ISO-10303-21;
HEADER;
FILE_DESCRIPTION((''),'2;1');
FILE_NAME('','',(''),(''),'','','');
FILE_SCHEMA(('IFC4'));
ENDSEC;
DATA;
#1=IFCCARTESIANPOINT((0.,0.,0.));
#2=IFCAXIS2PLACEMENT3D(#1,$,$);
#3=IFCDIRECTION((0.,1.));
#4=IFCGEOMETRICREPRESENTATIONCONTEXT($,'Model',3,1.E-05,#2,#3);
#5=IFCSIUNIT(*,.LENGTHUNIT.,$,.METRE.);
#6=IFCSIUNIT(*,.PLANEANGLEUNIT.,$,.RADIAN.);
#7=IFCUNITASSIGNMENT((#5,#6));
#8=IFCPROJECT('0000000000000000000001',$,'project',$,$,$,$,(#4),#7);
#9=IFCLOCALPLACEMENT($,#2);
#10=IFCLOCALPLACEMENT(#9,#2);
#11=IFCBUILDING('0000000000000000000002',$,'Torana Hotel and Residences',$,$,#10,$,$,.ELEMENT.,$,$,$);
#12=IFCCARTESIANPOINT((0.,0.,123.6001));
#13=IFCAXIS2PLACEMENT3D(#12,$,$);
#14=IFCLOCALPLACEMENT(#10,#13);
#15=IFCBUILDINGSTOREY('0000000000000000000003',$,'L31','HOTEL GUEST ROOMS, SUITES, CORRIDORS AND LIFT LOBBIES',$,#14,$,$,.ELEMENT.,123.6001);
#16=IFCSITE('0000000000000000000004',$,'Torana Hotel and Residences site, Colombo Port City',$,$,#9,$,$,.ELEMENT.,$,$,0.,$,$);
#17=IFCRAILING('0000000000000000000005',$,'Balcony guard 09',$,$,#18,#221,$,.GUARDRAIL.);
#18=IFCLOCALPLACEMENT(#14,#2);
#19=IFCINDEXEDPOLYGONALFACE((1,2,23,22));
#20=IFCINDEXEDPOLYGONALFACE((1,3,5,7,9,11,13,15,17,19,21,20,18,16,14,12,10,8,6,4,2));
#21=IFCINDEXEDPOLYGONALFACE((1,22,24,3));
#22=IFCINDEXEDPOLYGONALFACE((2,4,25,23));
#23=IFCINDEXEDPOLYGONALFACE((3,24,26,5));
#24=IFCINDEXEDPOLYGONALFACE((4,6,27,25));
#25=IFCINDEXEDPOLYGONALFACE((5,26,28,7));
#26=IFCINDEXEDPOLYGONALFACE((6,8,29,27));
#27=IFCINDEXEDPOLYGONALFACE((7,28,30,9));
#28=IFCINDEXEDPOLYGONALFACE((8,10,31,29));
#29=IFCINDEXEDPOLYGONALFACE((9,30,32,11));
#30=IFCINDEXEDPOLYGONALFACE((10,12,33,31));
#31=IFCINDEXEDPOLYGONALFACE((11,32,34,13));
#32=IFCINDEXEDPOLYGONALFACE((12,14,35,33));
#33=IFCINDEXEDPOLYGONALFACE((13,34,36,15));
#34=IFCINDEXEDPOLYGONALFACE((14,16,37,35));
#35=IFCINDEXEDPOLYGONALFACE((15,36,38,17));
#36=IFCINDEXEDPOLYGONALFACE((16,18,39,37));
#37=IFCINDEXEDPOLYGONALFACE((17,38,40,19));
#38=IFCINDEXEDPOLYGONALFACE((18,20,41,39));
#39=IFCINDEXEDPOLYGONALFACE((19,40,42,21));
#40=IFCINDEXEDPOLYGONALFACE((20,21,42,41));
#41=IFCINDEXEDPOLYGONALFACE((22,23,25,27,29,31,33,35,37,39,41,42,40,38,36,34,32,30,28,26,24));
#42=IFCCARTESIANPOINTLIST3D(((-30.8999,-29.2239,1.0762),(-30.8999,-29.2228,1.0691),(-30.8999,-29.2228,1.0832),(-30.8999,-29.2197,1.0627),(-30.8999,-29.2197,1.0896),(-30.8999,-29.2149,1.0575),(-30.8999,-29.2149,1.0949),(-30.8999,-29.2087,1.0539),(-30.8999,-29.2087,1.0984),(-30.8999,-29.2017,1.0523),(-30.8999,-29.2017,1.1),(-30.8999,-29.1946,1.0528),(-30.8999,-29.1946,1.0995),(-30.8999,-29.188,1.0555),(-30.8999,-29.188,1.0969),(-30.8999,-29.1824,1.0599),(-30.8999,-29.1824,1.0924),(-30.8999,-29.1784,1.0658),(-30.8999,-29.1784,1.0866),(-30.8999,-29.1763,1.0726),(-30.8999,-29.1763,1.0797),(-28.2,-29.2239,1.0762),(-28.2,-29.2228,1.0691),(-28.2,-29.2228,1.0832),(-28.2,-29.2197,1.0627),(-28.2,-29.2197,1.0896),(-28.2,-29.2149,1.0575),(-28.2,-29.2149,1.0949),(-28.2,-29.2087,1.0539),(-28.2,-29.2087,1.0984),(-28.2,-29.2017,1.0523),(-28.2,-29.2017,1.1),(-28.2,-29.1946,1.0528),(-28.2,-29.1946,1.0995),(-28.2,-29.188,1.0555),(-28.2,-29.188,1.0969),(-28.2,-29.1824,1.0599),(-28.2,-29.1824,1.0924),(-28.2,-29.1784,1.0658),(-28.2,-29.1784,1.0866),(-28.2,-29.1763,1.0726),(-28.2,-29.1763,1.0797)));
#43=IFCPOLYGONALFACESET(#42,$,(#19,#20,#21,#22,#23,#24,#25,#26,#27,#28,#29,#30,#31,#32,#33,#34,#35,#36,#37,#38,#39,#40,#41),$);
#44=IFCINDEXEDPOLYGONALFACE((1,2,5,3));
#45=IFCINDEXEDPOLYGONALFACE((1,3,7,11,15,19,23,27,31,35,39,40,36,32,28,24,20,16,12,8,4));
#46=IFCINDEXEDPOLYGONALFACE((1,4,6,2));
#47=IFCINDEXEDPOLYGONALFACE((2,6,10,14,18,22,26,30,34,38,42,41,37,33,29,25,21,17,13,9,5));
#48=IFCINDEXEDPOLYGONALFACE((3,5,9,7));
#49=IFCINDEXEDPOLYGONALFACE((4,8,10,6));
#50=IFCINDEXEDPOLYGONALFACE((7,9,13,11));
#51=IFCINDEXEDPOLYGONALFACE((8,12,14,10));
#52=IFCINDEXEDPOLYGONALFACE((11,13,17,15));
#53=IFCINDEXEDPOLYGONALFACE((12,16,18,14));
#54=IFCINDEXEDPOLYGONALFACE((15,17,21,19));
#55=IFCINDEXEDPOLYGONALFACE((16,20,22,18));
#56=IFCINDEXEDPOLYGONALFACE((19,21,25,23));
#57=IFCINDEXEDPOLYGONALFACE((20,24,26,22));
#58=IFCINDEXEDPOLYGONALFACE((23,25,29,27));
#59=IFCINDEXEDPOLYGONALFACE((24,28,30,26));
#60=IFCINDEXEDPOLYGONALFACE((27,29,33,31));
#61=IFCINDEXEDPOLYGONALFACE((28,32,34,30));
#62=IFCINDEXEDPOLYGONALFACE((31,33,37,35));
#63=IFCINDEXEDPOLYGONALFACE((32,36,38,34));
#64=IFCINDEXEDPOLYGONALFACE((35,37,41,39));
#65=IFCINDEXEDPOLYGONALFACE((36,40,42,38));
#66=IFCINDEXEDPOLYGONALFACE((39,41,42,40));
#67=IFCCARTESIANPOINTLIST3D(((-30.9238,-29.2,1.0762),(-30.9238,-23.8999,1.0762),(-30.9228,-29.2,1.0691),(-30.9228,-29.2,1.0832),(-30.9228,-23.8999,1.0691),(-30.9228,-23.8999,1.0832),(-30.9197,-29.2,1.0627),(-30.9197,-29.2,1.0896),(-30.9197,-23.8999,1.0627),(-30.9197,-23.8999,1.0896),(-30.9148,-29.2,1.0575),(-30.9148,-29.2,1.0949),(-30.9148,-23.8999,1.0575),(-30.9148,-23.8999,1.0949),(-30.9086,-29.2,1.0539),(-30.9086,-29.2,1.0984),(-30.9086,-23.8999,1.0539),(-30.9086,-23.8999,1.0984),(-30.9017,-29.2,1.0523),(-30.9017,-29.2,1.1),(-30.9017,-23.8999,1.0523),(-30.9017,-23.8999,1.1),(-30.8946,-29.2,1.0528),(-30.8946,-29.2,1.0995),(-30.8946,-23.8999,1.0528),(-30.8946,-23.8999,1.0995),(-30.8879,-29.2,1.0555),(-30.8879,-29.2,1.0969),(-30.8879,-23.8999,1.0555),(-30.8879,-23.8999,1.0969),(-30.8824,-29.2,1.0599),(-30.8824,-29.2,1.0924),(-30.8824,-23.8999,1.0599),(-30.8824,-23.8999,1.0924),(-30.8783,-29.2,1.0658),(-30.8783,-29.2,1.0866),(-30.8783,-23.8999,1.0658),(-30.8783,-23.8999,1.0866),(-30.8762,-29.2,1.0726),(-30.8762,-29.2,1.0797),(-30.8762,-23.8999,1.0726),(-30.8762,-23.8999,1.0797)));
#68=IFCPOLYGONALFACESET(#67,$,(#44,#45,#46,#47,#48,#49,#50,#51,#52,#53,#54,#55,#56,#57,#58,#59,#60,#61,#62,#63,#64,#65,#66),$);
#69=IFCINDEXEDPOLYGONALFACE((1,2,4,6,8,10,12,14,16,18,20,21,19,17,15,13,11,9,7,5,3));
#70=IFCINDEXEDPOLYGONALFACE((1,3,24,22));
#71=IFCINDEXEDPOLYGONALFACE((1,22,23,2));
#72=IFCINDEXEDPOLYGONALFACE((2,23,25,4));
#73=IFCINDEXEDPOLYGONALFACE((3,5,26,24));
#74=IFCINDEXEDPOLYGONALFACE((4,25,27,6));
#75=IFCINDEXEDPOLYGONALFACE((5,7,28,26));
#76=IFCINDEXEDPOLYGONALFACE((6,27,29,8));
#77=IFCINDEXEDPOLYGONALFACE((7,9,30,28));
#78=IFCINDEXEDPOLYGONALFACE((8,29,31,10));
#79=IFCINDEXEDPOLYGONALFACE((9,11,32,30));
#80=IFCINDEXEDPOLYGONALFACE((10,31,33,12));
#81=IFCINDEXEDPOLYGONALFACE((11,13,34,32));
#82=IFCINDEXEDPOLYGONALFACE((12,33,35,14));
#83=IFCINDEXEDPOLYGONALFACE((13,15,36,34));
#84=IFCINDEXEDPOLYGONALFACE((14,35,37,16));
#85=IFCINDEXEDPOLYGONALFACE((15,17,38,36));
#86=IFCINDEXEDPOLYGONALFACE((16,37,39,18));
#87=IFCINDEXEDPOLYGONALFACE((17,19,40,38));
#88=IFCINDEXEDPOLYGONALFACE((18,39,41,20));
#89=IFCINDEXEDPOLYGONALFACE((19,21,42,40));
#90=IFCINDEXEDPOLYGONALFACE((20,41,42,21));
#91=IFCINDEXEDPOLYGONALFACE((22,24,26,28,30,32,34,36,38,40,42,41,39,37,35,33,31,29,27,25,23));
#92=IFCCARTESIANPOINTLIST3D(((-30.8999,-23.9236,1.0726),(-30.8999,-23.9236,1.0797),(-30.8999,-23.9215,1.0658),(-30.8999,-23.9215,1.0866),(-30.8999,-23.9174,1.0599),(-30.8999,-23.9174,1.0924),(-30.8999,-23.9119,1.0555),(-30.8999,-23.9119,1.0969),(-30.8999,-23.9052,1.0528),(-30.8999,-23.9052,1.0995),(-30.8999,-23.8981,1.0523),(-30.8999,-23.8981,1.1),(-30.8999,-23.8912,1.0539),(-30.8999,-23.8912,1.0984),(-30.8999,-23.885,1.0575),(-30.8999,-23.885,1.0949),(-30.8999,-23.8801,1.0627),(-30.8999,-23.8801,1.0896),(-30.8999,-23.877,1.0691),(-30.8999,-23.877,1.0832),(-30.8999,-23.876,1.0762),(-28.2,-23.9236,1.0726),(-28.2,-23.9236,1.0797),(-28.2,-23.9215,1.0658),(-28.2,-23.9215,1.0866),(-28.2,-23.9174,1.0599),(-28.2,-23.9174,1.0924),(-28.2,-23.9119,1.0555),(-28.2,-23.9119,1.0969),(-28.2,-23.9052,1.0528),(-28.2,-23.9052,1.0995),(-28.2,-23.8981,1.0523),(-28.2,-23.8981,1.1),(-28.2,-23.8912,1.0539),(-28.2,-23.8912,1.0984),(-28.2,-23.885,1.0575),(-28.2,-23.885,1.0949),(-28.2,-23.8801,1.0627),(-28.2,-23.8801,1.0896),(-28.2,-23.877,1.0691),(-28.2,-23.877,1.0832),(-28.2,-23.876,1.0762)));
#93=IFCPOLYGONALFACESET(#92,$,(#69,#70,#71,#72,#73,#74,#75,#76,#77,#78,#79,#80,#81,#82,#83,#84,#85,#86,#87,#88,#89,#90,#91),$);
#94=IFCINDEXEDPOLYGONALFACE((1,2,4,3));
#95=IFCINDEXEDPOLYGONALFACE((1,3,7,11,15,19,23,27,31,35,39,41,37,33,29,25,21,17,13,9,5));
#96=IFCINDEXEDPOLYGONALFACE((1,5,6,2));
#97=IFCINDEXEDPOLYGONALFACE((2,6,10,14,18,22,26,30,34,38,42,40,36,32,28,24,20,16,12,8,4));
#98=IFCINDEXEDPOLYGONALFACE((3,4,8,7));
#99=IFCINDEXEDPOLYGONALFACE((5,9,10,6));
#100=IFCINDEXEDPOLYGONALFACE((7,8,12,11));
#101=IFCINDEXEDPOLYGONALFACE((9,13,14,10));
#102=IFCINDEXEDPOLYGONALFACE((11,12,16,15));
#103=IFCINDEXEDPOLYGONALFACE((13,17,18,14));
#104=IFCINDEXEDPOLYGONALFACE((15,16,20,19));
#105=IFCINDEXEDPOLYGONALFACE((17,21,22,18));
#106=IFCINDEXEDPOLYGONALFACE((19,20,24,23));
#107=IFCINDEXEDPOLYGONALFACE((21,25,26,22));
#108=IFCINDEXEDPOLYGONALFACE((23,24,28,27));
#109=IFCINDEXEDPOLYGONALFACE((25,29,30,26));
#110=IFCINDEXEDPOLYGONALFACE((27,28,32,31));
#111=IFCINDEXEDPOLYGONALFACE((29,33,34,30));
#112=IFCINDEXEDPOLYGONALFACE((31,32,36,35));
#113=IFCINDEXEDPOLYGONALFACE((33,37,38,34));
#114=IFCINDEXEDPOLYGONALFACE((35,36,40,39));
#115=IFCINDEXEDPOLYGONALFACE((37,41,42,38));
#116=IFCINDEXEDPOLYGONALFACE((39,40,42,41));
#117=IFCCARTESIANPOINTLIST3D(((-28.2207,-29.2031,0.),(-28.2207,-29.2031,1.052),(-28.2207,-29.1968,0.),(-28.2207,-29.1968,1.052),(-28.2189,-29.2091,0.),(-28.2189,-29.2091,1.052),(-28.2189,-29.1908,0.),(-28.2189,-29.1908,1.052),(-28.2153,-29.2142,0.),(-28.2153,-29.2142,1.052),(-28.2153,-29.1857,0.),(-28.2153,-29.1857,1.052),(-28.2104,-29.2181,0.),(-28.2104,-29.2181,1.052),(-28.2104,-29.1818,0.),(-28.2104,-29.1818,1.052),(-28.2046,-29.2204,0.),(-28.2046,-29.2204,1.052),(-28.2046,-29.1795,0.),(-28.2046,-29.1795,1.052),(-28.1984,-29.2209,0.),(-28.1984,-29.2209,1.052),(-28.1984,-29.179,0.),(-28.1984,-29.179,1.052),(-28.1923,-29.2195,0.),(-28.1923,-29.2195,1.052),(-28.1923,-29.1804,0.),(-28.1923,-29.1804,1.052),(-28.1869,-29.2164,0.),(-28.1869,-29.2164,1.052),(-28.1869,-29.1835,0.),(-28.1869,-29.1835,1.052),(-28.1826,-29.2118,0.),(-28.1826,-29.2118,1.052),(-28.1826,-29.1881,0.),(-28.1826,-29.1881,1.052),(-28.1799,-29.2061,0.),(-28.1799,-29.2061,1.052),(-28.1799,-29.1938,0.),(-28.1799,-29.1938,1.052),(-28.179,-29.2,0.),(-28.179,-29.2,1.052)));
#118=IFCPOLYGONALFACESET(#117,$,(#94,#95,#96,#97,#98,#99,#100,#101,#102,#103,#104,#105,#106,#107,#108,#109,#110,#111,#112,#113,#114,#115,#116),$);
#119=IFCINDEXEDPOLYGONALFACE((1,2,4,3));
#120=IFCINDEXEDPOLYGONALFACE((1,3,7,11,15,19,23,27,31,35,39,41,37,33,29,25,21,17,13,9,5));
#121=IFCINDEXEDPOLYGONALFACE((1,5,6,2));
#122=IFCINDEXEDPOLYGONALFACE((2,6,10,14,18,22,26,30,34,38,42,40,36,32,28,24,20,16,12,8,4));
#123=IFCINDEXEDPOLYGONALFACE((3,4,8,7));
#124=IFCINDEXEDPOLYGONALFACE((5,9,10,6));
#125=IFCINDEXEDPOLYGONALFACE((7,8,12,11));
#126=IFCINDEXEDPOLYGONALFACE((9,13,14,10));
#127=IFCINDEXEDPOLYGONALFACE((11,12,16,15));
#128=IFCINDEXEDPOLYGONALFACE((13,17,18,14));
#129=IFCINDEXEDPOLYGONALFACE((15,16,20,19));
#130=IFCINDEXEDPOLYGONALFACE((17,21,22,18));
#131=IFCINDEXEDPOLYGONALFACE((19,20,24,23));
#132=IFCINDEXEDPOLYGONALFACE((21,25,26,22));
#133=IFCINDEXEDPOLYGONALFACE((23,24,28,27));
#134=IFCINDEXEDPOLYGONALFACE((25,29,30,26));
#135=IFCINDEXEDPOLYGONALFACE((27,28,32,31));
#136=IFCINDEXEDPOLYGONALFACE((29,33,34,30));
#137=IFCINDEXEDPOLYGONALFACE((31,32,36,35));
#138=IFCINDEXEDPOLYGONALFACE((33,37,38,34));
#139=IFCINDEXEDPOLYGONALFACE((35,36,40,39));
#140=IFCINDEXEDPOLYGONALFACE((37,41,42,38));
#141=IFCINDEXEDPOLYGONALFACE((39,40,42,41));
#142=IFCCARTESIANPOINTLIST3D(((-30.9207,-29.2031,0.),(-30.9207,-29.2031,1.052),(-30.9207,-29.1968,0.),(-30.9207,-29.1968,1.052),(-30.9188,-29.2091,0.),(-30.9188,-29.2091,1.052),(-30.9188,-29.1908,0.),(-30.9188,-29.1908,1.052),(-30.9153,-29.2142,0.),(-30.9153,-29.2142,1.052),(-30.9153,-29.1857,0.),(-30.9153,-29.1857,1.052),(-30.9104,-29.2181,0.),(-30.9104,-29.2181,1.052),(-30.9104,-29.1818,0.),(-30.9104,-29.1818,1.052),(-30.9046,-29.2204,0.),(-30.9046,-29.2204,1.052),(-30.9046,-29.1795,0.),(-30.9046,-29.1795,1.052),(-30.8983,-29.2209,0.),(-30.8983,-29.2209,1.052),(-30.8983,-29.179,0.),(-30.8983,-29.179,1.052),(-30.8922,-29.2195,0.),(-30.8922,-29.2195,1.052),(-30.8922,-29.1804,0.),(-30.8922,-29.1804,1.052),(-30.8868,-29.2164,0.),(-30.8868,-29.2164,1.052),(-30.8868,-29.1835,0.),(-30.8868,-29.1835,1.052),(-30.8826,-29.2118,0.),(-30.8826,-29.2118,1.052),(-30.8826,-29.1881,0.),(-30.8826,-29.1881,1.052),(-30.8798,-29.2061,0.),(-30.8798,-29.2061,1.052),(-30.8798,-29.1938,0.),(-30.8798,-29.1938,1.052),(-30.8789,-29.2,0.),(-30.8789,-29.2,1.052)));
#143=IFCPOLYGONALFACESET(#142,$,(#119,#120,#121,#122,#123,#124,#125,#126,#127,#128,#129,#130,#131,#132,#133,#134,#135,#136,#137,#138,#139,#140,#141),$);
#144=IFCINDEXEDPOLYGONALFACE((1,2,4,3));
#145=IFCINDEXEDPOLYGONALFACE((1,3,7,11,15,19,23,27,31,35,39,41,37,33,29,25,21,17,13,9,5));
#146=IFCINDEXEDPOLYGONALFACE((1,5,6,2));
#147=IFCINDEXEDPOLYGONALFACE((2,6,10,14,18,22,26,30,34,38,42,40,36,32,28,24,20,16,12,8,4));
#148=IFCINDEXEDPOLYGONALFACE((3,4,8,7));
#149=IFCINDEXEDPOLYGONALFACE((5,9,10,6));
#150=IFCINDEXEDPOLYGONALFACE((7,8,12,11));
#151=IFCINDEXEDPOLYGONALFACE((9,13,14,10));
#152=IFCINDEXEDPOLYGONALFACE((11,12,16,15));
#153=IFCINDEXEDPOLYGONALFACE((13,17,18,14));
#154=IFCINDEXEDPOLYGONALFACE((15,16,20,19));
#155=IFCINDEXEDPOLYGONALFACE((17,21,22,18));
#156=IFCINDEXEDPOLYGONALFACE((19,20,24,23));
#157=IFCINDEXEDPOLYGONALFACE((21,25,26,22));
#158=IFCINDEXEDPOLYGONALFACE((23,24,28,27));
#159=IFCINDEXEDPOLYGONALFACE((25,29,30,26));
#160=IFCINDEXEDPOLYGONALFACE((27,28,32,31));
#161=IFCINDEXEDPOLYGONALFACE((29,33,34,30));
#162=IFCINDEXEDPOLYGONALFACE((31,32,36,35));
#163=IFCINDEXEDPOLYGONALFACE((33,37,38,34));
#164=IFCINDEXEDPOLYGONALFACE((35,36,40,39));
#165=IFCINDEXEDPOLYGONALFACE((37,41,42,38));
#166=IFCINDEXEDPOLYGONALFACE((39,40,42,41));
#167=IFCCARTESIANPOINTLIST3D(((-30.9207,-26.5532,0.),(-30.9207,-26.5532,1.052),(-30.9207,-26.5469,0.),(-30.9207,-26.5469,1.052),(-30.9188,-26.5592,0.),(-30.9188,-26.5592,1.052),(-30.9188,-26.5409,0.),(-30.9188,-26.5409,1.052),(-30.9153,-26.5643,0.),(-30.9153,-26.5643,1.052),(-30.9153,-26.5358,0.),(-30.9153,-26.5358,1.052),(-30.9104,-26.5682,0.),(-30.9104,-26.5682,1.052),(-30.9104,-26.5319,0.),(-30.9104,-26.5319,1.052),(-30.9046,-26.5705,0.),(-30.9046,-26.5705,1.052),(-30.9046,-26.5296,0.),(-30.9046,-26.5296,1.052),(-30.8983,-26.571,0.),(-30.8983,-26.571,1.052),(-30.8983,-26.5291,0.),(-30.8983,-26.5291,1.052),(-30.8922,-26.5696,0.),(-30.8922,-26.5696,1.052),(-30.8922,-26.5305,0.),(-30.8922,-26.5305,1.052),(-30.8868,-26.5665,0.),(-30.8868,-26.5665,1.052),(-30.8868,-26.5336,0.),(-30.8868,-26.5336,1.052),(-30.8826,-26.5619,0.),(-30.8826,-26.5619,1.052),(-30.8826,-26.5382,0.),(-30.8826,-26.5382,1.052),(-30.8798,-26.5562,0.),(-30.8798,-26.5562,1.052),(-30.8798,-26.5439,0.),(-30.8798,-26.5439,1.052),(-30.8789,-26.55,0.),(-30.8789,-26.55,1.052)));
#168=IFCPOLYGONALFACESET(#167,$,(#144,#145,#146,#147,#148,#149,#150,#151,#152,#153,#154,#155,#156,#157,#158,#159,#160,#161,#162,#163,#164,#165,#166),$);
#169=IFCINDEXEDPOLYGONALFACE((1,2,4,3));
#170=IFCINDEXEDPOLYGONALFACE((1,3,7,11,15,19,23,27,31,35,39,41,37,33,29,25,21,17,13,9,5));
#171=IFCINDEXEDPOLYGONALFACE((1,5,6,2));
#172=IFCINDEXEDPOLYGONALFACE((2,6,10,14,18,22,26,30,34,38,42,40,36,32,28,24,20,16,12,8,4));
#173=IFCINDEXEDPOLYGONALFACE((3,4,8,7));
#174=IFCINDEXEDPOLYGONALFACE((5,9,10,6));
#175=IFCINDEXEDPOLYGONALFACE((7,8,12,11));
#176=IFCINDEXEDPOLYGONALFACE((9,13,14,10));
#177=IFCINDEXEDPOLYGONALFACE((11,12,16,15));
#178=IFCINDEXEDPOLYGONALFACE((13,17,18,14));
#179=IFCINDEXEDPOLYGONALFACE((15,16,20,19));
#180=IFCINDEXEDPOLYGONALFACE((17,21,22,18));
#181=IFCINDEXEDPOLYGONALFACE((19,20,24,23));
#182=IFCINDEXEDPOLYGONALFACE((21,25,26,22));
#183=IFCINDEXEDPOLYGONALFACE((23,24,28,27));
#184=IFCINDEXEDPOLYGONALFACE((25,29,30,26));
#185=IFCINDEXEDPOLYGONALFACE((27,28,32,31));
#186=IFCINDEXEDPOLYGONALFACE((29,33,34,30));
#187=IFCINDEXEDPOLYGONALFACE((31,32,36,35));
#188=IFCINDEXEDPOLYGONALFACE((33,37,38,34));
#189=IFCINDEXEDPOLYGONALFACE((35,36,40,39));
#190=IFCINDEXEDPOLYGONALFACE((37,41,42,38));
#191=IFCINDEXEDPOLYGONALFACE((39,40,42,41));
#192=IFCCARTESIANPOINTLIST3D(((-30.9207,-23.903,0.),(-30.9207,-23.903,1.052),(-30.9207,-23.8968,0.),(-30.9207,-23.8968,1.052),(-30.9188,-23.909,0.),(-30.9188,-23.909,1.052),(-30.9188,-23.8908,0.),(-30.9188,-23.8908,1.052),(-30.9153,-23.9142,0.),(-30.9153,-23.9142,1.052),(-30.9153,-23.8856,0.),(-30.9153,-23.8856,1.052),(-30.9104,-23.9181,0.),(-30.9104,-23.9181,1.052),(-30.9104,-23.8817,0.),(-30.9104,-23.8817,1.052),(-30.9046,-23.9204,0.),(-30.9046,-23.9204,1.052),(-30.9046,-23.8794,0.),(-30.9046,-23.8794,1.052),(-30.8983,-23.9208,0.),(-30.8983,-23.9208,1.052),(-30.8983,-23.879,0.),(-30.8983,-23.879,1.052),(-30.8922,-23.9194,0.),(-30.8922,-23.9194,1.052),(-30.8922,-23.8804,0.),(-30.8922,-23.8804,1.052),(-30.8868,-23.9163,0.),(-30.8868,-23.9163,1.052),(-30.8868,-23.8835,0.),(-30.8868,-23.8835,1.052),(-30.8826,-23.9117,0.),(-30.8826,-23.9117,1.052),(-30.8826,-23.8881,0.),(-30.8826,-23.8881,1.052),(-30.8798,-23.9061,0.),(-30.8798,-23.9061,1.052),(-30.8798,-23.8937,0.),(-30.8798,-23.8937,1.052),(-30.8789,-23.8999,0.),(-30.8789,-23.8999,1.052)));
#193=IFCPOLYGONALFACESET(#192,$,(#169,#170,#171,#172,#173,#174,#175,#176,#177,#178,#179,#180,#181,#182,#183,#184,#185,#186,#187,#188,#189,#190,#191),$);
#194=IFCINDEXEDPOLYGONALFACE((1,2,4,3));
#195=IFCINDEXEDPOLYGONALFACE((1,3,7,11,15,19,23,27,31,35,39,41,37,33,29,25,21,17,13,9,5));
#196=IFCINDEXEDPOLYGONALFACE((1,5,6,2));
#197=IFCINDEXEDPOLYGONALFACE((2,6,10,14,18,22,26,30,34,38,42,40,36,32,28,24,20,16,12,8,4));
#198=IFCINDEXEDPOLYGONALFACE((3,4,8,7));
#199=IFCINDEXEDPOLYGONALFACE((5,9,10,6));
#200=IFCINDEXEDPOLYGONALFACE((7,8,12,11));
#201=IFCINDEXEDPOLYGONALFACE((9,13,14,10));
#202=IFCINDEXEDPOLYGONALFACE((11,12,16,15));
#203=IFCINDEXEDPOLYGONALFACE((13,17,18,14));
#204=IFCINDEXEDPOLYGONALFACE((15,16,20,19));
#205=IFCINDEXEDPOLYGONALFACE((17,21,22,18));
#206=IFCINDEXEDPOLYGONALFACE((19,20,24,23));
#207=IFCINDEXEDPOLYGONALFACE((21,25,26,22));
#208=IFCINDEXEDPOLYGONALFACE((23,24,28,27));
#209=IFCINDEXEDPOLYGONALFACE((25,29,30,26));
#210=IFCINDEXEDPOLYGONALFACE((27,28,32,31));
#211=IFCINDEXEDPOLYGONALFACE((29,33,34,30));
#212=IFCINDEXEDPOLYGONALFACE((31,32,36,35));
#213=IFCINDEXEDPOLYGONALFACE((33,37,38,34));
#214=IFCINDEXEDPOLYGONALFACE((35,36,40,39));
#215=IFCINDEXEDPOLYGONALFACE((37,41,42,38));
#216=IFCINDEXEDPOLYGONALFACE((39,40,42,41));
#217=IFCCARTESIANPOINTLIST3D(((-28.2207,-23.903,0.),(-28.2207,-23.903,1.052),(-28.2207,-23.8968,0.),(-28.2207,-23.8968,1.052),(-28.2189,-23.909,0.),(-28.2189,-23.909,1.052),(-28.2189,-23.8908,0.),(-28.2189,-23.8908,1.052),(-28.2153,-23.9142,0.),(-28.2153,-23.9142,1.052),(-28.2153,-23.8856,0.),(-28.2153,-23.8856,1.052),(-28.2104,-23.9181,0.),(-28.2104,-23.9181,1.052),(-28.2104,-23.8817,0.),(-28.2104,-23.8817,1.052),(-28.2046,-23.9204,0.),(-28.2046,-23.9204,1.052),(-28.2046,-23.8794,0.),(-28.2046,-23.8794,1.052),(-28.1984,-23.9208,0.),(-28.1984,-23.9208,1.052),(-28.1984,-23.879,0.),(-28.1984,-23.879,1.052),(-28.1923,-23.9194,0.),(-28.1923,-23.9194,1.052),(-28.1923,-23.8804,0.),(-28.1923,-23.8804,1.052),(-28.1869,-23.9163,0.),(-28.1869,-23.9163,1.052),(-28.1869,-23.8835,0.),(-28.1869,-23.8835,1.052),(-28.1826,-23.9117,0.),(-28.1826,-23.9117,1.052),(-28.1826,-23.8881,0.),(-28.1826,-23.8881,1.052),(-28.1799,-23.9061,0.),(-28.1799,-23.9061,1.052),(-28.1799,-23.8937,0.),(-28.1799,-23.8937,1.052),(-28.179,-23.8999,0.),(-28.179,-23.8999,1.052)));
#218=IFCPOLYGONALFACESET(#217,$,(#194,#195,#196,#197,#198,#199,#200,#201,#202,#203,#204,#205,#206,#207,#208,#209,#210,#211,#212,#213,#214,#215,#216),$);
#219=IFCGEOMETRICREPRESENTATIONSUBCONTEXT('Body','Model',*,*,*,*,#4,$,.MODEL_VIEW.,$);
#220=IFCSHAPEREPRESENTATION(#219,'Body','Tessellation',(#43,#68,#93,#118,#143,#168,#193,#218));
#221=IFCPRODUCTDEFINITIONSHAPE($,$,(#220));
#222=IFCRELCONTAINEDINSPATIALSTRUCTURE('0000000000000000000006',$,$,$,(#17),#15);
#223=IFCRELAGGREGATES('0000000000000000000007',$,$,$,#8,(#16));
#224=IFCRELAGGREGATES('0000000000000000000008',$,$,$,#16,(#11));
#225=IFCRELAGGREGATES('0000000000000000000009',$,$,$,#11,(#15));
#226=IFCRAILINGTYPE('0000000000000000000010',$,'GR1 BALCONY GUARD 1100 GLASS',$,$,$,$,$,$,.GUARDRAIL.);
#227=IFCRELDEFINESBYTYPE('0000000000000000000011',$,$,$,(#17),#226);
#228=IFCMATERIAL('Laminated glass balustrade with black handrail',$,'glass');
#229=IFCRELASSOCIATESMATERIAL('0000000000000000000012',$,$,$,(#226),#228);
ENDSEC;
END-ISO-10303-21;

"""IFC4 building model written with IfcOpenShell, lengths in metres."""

from ifc_helpers import new_model, si_unit, direction, frame, origin, origin_2d, place, context, subcontext, project, spatial, circle, extrude, material, type_object, element, save


model = new_model("IFC4")

# Units and contexts
model_context = context("Model", 3, precision=1e-05, world=origin(), true_north=direction((0.0, 1.0)))
body_context = subcontext(model_context, "Body", "Model", "MODEL_VIEW")
ifc_project = project(units=[si_unit("LENGTHUNIT", "METRE"), si_unit("PLANEANGLEUNIT", "RADIAN")], contexts=[model_context])

# Site, building, storey
site_placement = place(None, origin())
site = spatial("IfcSite", under=ifc_project, at=site_placement, Name="Torana Hotel and Residences site, Colombo Port City", CompositionType="ELEMENT", RefElevation=0.0)
building_placement = place(site_placement, origin())
building = spatial("IfcBuilding", under=site, at=building_placement, Name="Torana Hotel and Residences", CompositionType="ELEMENT")
storey_placement = place(building_placement, frame((0.0, 0.0, 123.6001)))
storey = spatial("IfcBuildingStorey", under=building, at=storey_placement, Name="L31", Description="HOTEL GUEST ROOMS, SUITES, CORRIDORS AND LIFT LOBBIES", CompositionType="ELEMENT", Elevation=123.6001)

# Railing
ifc_material_1 = material(Name="Laminated glass balustrade with black handrail", Category="glass")
railing_type = type_object("IfcRailingType", Name="GR1 BALCONY GUARD 1100 GLASS", PredefinedType="GUARDRAIL", material=ifc_material_1)
railing_placement = place(storey_placement, frame((-28.2, -29.2, 0.0)))
element("IfcRailing", 1, at=railing_placement, inside=storey, type_object=railing_type, Name="Balcony guard 09", PredefinedType="GUARDRAIL", context=body_context, shape_type="SweptSolid", body=[
    extrude(circle(Radius=0.0239, at=origin_2d()), frame((0.0, 0.0, 1.0762), z_axis=(-1.0, 0.0, 0.0), x_axis=(0.0, -1.0, 0.0)), (0.0, 0.0, 1.0), 2.7),
    extrude(circle(Radius=0.0239, at=origin_2d()), frame((-2.7, 0.0, 1.0762), z_axis=(0.0, 1.0, 0.0), x_axis=(-1.0, 0.0, 0.0)), (0.0, 0.0, 1.0), 5.3),
    extrude(circle(Radius=0.0239, at=origin_2d()), frame((-2.7, 5.3, 1.0762), z_axis=(1.0, 0.0, 0.0), x_axis=(0.0, 1.0, 0.0)), (0.0, 0.0, 1.0), 2.7),
    extrude(circle(Radius=0.021, at=origin_2d()), origin(), (0.0, 0.0, 1.0), 1.052),
    extrude(circle(Radius=0.021, at=origin_2d()), frame((-2.7, 0.0, 0.0)), (0.0, 0.0, 1.0), 1.052),
    extrude(circle(Radius=0.021, at=origin_2d()), frame((-2.7, 2.6499, 0.0)), (0.0, 0.0, 1.0), 1.052),
    extrude(circle(Radius=0.021, at=origin_2d()), frame((-2.7, 5.3, 0.0)), (0.0, 0.0, 1.0), 1.052),
    extrude(circle(Radius=0.021, at=origin_2d()), frame((0.0, 5.3, 0.0)), (0.0, 0.0, 1.0), 1.052),
])

save(model, "model.ifc")
